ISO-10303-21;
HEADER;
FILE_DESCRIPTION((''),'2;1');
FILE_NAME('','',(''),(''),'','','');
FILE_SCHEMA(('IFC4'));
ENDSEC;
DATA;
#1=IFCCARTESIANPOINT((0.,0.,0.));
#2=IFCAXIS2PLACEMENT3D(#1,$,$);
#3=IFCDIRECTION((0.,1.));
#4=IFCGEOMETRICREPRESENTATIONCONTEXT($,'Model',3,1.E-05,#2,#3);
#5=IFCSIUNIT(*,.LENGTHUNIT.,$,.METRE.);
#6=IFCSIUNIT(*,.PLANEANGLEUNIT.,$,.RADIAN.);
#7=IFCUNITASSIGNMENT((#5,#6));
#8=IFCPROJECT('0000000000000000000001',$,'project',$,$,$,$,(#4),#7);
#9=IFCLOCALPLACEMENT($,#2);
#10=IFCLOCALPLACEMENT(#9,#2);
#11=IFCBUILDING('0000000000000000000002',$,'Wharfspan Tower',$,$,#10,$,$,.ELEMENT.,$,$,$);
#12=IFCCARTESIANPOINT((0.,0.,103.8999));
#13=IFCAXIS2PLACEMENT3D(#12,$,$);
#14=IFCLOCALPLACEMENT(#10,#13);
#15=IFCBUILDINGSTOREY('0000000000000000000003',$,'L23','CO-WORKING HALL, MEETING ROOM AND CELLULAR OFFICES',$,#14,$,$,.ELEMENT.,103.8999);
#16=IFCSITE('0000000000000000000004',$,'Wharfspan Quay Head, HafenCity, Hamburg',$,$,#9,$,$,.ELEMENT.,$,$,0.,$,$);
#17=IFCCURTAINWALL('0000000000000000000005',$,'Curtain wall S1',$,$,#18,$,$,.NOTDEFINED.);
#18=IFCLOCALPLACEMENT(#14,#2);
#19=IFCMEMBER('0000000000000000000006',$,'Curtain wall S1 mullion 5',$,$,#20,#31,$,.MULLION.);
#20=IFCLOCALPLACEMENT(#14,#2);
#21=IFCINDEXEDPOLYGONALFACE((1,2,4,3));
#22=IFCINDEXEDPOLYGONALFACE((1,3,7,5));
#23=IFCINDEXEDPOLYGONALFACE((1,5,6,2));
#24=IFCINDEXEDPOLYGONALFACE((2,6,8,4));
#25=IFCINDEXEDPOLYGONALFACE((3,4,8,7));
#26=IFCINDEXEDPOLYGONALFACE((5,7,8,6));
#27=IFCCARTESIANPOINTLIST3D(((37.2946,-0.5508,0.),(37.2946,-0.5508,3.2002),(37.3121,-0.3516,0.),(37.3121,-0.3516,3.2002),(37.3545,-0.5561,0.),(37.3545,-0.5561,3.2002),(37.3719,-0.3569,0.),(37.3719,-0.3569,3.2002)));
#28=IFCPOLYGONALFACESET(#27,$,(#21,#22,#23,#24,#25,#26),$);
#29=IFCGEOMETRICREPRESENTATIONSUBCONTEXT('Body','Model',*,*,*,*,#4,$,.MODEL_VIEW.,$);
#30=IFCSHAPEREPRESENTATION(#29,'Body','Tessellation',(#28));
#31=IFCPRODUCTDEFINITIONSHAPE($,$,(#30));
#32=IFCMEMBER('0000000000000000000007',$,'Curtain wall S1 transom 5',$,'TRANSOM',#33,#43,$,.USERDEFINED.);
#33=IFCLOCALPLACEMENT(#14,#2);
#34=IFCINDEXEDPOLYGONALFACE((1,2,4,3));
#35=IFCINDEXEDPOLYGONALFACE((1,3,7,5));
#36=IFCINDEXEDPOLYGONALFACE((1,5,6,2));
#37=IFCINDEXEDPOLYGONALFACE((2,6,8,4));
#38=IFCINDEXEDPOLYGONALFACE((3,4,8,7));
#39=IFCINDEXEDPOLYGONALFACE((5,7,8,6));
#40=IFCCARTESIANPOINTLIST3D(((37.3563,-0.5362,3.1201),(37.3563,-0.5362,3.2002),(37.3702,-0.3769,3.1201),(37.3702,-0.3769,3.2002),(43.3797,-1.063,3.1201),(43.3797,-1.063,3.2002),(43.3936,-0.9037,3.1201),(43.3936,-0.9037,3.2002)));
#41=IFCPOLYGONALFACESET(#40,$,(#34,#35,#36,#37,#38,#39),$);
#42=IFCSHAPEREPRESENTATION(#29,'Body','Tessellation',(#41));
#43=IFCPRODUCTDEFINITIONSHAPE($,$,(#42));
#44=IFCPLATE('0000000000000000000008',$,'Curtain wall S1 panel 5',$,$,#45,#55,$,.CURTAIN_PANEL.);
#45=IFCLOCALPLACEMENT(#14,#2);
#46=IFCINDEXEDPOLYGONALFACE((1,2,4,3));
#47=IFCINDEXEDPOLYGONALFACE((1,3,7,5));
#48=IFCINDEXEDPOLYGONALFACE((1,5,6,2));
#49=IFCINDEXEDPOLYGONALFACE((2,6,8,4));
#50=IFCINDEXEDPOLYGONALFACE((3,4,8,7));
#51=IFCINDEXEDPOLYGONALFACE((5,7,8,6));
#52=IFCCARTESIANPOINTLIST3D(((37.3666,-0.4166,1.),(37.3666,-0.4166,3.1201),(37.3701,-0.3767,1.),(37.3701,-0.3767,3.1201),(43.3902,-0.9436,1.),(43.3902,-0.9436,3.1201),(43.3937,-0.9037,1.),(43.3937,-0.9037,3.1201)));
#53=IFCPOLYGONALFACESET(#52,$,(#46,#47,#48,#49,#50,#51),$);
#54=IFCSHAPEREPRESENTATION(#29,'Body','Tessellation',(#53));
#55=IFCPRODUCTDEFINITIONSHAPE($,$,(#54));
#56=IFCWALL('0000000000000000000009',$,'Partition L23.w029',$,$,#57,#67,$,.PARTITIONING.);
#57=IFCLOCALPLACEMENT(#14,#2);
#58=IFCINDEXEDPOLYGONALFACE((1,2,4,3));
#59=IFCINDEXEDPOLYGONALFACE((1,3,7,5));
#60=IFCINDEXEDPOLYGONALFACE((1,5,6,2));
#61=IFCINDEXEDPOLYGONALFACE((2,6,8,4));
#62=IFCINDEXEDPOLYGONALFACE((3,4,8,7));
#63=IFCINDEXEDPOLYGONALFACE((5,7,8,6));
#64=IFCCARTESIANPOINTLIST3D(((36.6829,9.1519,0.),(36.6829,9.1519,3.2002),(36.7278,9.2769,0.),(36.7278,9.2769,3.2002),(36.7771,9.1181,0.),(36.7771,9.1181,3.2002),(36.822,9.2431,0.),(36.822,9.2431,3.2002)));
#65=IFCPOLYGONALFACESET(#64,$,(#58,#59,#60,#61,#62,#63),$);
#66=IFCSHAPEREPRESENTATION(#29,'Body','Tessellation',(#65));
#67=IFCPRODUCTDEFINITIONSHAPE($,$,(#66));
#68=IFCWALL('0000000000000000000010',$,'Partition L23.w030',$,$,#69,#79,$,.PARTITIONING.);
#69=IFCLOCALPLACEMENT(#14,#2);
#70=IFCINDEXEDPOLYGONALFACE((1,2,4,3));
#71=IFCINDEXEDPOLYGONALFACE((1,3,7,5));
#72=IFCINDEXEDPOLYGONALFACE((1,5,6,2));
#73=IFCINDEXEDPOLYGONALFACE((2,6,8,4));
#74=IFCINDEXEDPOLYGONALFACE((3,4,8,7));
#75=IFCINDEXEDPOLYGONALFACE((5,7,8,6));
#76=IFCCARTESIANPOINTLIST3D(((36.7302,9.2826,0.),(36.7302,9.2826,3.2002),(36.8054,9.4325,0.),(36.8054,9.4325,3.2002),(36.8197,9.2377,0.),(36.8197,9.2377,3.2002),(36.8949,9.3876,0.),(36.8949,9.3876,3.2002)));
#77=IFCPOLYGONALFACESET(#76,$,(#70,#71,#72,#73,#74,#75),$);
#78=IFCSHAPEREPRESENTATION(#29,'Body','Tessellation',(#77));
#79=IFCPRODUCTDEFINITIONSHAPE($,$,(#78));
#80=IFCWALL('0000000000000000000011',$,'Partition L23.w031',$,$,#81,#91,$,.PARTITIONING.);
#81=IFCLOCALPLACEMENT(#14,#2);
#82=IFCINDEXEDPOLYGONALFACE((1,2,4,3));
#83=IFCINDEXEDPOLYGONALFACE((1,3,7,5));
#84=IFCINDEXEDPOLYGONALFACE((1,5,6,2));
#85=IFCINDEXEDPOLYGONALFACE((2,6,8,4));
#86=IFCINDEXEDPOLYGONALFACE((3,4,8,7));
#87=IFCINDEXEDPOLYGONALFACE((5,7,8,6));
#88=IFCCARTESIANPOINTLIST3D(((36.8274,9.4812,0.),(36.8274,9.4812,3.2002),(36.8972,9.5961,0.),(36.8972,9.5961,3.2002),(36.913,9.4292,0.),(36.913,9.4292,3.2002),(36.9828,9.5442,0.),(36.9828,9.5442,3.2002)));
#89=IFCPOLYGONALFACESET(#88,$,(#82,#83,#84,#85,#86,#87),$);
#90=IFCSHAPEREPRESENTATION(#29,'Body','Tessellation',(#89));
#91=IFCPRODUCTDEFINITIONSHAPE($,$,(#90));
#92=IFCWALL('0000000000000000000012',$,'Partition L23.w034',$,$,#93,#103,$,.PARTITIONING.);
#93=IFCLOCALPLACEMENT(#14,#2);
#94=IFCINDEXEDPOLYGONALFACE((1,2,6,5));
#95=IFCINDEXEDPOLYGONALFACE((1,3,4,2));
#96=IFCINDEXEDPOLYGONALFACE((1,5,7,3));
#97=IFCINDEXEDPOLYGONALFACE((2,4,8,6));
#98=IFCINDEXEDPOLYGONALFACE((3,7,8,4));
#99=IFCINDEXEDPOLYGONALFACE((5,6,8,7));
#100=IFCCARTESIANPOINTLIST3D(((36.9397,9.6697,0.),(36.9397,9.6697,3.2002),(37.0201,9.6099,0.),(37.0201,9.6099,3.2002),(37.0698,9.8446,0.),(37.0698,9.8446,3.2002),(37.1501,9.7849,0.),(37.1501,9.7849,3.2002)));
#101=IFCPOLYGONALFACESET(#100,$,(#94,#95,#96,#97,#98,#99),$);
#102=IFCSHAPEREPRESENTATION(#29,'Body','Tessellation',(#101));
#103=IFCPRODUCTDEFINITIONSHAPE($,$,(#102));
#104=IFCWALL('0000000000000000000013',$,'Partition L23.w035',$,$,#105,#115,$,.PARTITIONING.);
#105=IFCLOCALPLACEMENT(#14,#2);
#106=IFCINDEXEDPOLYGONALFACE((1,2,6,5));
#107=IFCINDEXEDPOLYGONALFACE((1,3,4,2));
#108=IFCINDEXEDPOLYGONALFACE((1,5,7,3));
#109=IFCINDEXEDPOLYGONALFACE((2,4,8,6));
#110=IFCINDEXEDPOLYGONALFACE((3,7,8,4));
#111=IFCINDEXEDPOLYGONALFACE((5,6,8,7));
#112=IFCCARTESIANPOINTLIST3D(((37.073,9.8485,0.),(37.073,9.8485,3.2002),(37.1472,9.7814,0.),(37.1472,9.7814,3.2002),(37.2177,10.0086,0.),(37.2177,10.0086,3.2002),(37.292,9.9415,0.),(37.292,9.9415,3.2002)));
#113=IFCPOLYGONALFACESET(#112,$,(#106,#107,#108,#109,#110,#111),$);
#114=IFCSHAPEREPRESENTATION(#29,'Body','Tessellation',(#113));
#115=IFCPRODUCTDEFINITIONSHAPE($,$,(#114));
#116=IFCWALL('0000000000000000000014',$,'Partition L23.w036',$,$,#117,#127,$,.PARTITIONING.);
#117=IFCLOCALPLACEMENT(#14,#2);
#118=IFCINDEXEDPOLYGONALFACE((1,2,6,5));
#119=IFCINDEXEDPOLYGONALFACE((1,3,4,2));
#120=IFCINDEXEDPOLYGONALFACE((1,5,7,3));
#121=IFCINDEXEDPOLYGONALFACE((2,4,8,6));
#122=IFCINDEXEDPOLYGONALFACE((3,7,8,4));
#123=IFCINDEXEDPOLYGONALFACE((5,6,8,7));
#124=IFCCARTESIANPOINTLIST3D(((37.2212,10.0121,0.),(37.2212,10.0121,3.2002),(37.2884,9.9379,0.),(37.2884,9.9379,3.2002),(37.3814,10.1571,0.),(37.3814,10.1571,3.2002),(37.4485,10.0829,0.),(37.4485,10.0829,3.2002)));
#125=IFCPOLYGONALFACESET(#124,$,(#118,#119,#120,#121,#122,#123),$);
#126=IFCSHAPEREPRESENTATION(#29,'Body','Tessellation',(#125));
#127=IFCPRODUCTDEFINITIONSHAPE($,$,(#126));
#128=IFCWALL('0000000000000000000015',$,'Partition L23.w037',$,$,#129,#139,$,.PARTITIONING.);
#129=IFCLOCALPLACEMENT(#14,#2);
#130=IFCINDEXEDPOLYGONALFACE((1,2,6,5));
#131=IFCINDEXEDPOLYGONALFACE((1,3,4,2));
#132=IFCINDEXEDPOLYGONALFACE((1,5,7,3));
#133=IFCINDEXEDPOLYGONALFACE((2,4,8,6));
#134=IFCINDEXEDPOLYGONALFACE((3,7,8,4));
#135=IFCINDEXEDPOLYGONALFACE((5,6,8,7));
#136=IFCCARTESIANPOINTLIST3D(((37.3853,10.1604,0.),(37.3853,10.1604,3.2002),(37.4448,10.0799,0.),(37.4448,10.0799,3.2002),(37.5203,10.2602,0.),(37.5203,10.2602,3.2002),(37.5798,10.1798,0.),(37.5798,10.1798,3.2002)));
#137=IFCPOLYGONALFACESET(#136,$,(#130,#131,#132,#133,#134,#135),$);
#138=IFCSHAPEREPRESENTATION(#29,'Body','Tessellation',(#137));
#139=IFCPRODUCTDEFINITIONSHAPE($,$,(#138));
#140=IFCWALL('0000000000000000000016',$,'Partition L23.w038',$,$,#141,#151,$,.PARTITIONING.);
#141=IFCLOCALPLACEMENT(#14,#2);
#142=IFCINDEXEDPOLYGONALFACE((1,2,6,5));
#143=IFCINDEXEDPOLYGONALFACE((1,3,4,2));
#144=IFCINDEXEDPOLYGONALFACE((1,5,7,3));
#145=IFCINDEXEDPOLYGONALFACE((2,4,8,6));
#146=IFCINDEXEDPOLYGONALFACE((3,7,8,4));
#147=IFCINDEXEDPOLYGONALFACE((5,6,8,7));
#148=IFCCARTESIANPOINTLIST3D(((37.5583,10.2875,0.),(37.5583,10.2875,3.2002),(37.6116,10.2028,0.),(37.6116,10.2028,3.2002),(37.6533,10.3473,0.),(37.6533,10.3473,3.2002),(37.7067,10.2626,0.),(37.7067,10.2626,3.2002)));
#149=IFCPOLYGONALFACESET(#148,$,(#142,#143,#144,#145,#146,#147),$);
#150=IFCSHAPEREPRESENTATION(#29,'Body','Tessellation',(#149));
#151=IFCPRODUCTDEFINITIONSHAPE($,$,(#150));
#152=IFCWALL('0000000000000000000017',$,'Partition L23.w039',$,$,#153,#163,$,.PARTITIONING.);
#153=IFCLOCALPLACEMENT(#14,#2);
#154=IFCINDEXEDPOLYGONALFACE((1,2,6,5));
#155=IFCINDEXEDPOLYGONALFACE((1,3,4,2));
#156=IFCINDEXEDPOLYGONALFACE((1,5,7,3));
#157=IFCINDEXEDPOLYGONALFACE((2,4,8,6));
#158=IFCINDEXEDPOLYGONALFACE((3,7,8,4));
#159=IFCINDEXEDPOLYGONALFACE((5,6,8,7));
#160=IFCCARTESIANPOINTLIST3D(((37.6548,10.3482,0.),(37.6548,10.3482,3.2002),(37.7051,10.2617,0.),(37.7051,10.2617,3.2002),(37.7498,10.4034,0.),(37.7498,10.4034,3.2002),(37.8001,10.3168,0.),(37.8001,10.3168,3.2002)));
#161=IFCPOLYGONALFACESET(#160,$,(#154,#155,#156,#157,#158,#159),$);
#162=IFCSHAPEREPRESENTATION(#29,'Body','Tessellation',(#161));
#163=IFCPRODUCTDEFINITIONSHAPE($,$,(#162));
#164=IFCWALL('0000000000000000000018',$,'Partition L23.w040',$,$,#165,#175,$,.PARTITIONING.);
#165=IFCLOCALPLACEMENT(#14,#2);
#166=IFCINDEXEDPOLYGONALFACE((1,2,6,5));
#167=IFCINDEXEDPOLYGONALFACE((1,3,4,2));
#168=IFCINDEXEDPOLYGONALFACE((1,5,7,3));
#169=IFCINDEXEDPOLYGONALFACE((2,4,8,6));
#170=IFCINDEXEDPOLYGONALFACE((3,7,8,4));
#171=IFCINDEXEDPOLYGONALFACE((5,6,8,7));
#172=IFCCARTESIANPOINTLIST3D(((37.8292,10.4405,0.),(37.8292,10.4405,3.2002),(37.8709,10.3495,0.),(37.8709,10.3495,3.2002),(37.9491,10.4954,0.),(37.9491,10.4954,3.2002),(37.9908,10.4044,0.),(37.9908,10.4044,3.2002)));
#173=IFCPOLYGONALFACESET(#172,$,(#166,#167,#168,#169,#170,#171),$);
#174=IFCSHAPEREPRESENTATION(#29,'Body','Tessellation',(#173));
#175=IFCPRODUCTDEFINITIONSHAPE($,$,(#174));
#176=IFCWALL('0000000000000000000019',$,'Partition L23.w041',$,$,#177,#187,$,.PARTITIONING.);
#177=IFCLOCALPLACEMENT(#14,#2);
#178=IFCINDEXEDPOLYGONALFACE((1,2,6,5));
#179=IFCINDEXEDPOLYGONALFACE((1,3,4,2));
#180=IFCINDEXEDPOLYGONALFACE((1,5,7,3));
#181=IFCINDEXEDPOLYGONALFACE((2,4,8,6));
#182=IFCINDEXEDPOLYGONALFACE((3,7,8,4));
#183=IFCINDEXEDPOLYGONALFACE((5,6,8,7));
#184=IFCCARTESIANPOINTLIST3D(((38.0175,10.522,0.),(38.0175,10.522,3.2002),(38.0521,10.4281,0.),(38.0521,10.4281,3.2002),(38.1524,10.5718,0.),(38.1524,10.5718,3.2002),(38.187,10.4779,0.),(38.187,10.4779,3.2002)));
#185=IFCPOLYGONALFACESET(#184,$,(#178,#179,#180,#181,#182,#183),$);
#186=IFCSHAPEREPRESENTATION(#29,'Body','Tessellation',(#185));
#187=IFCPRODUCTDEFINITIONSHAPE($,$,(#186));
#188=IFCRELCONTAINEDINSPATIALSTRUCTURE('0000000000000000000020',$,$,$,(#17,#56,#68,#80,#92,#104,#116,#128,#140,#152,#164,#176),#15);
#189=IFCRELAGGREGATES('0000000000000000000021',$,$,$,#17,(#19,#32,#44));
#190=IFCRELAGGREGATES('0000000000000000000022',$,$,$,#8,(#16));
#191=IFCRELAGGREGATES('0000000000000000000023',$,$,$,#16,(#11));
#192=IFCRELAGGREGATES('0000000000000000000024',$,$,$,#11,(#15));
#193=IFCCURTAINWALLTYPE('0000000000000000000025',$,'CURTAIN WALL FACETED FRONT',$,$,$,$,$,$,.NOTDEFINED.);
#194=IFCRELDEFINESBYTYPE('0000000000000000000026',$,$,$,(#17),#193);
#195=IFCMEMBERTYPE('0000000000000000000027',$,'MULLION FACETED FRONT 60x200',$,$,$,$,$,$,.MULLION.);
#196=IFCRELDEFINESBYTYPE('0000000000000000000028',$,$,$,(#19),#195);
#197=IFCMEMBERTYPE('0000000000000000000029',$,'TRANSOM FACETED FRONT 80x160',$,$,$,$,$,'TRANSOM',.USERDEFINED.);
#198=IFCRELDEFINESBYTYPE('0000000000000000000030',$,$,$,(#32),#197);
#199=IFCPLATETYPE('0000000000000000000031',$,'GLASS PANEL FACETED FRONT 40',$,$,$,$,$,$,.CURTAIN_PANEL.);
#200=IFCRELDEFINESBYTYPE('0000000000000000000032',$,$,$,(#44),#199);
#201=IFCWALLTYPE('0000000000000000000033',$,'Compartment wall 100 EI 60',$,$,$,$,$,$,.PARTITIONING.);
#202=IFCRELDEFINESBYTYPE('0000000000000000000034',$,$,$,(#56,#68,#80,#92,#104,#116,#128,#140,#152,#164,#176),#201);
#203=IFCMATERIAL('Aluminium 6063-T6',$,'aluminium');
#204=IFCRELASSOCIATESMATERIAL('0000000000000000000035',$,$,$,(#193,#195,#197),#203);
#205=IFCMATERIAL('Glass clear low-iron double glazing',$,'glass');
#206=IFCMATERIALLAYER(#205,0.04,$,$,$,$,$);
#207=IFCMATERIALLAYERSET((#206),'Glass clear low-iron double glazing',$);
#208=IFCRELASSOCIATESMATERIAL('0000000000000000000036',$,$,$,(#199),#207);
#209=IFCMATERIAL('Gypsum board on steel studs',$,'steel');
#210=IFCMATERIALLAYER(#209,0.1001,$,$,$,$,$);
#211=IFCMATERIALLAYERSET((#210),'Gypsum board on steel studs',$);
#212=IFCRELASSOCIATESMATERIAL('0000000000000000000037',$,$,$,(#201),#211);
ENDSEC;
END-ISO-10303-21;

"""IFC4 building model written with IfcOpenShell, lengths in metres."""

from ifc_helpers import new_model, si_unit, direction, frame, frame_2d, origin, origin_2d, place, context, subcontext, project, spatial, rectangle, extrude, material, layer, layer_set, material_profile, profile_set, type_object, element, aggregate, save


model = new_model("IFC4")

# Units and contexts
model_context = context("Model", 3, precision=1e-05, world=origin(), true_north=direction((0.0, 1.0)))
body_context = subcontext(model_context, "Body", "Model", "MODEL_VIEW")
ifc_project = project(units=[si_unit("LENGTHUNIT", "METRE"), si_unit("PLANEANGLEUNIT", "RADIAN")], contexts=[model_context])

# Site, building, storey
site_placement = place(None, origin())
site = spatial("IfcSite", under=ifc_project, at=site_placement, Name="Wharfspan Quay Head, HafenCity, Hamburg", CompositionType="ELEMENT", RefElevation=0.0)
building_placement = place(site_placement, origin())
building = spatial("IfcBuilding", under=site, at=building_placement, Name="Wharfspan Tower", CompositionType="ELEMENT")
storey_placement = place(building_placement, frame((0.0, 0.0, 103.8999)))
storey = spatial("IfcBuildingStorey", under=building, at=storey_placement, Name="L23", Description="CO-WORKING HALL, MEETING ROOM AND CELLULAR OFFICES", CompositionType="ELEMENT", Elevation=103.8999)

# Curtain wall, members, plate
ifc_material_1 = material(Name="Aluminium 6063-T6", Category="aluminium")
curtain_wall_type = type_object("IfcCurtainWallType", Name="CURTAIN WALL FACETED FRONT", PredefinedType="NOTDEFINED", material=ifc_material_1)
curtain_wall_placement = place(storey_placement, origin())
curtain_wall = element("IfcCurtainWall", 1, at=curtain_wall_placement, inside=storey, type_object=curtain_wall_type, Name="Curtain wall S1", PredefinedType="NOTDEFINED")
ifc_material_profile_1 = material_profile(ifc_material_1, rectangle(XDim=0.2, YDim=0.0601, at=origin_2d()))
ifc_profile_set_1 = profile_set([ifc_material_profile_1], Name="Aluminium 6063-T6")
member_type_1 = type_object("IfcMemberType", Name="MULLION FACETED FRONT 60x200", PredefinedType="MULLION", material=ifc_profile_set_1)
member_1_placement = place(storey_placement, frame((37.3333, -0.4539, 0.0), z_axis=(0.0, 0.0, 1.0), x_axis=(0.087156, 0.996198, 0.0)))
member_1 = element("IfcMember", 2, at=member_1_placement, type_object=member_type_1, Name="Curtain wall S1 mullion 5", PredefinedType="MULLION", context=body_context, shape_type="SweptSolid", body=[
    extrude(rectangle(XDim=0.2, YDim=0.0601, at=origin_2d()), origin(), (0.0, 0.0, 1.0), 3.2002),
])
ifc_material_profile_2 = material_profile(ifc_material_1, rectangle(XDim=0.1599, YDim=0.0801, at=origin_2d()))
ifc_profile_set_2 = profile_set([ifc_material_profile_2], Name="Aluminium 6063-T6")
member_type_2 = type_object("IfcMemberType", Name="TRANSOM FACETED FRONT 80x160", ElementType="TRANSOM", PredefinedType="USERDEFINED", material=ifc_profile_set_2)
member_2_placement = place(storey_placement, frame((37.3633, -0.4565, 3.1602), z_axis=(0.996197, -0.087135, 0.0), x_axis=(0.087135, 0.996197, 0.0)))
member_2 = element("IfcMember", 3, at=member_2_placement, type_object=member_type_2, Name="Curtain wall S1 transom 5", ObjectType="TRANSOM", PredefinedType="USERDEFINED", context=body_context, shape_type="SweptSolid", body=[
    extrude(rectangle(XDim=0.1599, YDim=0.0801, at=origin_2d()), origin(), (0.0, 0.0, 1.0), 6.0464),
])
ifc_material_2 = material(Name="Glass clear low-iron double glazing", Category="glass")
ifc_layer_1 = layer(ifc_material_2, 0.04)
ifc_layer_set_1 = layer_set([ifc_layer_1], Name="Glass clear low-iron double glazing")
plate_type = type_object("IfcPlateType", Name="GLASS PANEL FACETED FRONT 40", PredefinedType="CURTAIN_PANEL", material=ifc_layer_set_1)
plate_placement = place(storey_placement, frame((40.3801, -0.6602, 1.0), z_axis=(0.0, 0.0, 1.0), x_axis=(0.996198, -0.087156, 0.0)))
plate = element("IfcPlate", 4, at=plate_placement, type_object=plate_type, Name="Curtain wall S1 panel 5", PredefinedType="CURTAIN_PANEL", context=body_context, shape_type="SweptSolid", body=[
    extrude(rectangle(XDim=6.0466, YDim=0.04, at=origin_2d()), origin(), (0.0, 0.0, 1.0), 2.1201),
])
aggregate(curtain_wall, [member_1, member_2, plate])

# Walls
ifc_material_3 = material(Name="Gypsum board on steel studs", Category="steel")
ifc_layer_2 = layer(ifc_material_3, 0.1001)
ifc_layer_set_2 = layer_set([ifc_layer_2], Name="Gypsum board on steel studs")
wall_type_1 = type_object("IfcWallType", Name="Compartment wall 100 EI 60", PredefinedType="PARTITIONING", material=ifc_layer_set_2)
wall_1_placement = place(storey_placement, frame((36.73, 9.135, 0.0), z_axis=(0.0, 0.0, 1.0), x_axis=(0.3382, 0.941078, 0.0)))
element("IfcWall", 5, at=wall_1_placement, inside=storey, type_object=wall_type_1, Name="Partition L23.w029", PredefinedType="PARTITIONING", context=body_context, shape_type="SweptSolid", body=[
    extrude(rectangle(XDim=0.1328, YDim=0.1001, at=frame_2d((0.0664, 0.0))), origin(), (0.0, 0.0, 1.0), 3.2002),
])
wall_2_placement = place(storey_placement, frame((36.7749, 9.26, 0.0), z_axis=(0.0, 0.0, 1.0), x_axis=(0.44838, 0.893848, 0.0)))
element("IfcWall", 6, at=wall_2_placement, inside=storey, type_object=wall_type_1, Name="Partition L23.w030", PredefinedType="PARTITIONING", context=body_context, shape_type="SweptSolid", body=[
    extrude(rectangle(XDim=0.1677, YDim=0.1001, at=frame_2d((0.084, 0.0))), origin(), (0.0, 0.0, 1.0), 3.2002),
])
wall_3_placement = place(storey_placement, frame((36.8701, 9.4551, 0.0), z_axis=(0.0, 0.0, 1.0), x_axis=(0.519025, 0.854758, 0.0)))
element("IfcWall", 7, at=wall_3_placement, inside=storey, type_object=wall_type_1, Name="Partition L23.w031", PredefinedType="PARTITIONING", context=body_context, shape_type="SweptSolid", body=[
    extrude(rectangle(XDim=0.1345, YDim=0.1001, at=frame_2d((0.0674, 0.0))), origin(), (0.0, 0.0, 1.0), 3.2002),
])
wall_4_placement = place(storey_placement, frame((36.98, 9.6399, 0.0), z_axis=(0.0, 0.0, 1.0), x_axis=(0.596595, 0.802549, 0.0)))
element("IfcWall", 8, at=wall_4_placement, inside=storey, type_object=wall_type_1, Name="Partition L23.w034", PredefinedType="PARTITIONING", context=body_context, shape_type="SweptSolid", body=[
    extrude(rectangle(XDim=0.218, YDim=0.1001, at=frame_2d((0.1089, 0.0))), origin(), (0.0, 0.0, 1.0), 3.2002),
])
wall_5_placement = place(storey_placement, frame((37.1101, 9.8149, 0.0), z_axis=(0.0, 0.0, 1.0), x_axis=(0.670589, 0.741832, 0.0)))
element("IfcWall", 9, at=wall_5_placement, inside=storey, type_object=wall_type_1, Name="Partition L23.w035", PredefinedType="PARTITIONING", context=body_context, shape_type="SweptSolid", body=[
    extrude(rectangle(XDim=0.2158, YDim=0.1001, at=frame_2d((0.1079, 0.0))), origin(), (0.0, 0.0, 1.0), 3.2002),
])
wall_6_placement = place(storey_placement, frame((37.2549, 9.9751, 0.0), z_axis=(0.0, 0.0, 1.0), x_axis=(0.741269, 0.67121, 0.0)))
element("IfcWall", 10, at=wall_6_placement, inside=storey, type_object=wall_type_1, Name="Partition L23.w036", PredefinedType="PARTITIONING", context=body_context, shape_type="SweptSolid", body=[
    extrude(rectangle(XDim=0.2161, YDim=0.1001, at=frame_2d((0.1079, 0.0))), origin(), (0.0, 0.0, 1.0), 3.2002),
])
wall_7_placement = place(storey_placement, frame((37.415, 10.1201, 0.0), z_axis=(0.0, 0.0, 1.0), x_axis=(0.803993, 0.594635, 0.0)))
element("IfcWall", 11, at=wall_7_placement, inside=storey, type_object=wall_type_1, Name="Partition L23.w037", PredefinedType="PARTITIONING", context=body_context, shape_type="SweptSolid", body=[
    extrude(rectangle(XDim=0.168, YDim=0.1001, at=frame_2d((0.084, 0.0))), origin(), (0.0, 0.0, 1.0), 3.2002),
])
wall_8_placement = place(storey_placement, frame((37.585, 10.2451, 0.0), z_axis=(0.0, 0.0, 1.0), x_axis=(0.846156, 0.532926, 0.0)))
element("IfcWall", 12, at=wall_8_placement, inside=storey, type_object=wall_type_1, Name="Partition L23.w038", PredefinedType="PARTITIONING", context=body_context, shape_type="SweptSolid", body=[
    extrude(rectangle(XDim=0.1123, YDim=0.1001, at=frame_2d((0.0562, 0.0))), origin(), (0.0, 0.0, 1.0), 3.2002),
])
wall_9_placement = place(storey_placement, frame((37.6799, 10.3049, 0.0), z_axis=(0.0, 0.0, 1.0), x_axis=(0.864661, 0.502348, 0.0)))
element("IfcWall", 13, at=wall_9_placement, inside=storey, type_object=wall_type_1, Name="Partition L23.w039", PredefinedType="PARTITIONING", context=body_context, shape_type="SweptSolid", body=[
    extrude(rectangle(XDim=0.1099, YDim=0.1001, at=frame_2d((0.0549, 0.0))), origin(), (0.0, 0.0, 1.0), 3.2002),
])
wall_10_placement = place(storey_placement, frame((37.8501, 10.395, 0.0), z_axis=(0.0, 0.0, 1.0), x_axis=(0.909092, 0.41659, 0.0)))
element("IfcWall", 14, at=wall_10_placement, inside=storey, type_object=wall_type_1, Name="Partition L23.w040", PredefinedType="PARTITIONING", context=body_context, shape_type="SweptSolid", body=[
    extrude(rectangle(XDim=0.1318, YDim=0.1001, at=frame_2d((0.0659, 0.0))), origin(), (0.0, 0.0, 1.0), 3.2002),
])
wall_11_placement = place(storey_placement, frame((38.0349, 10.4751, 0.0), z_axis=(0.0, 0.0, 1.0), x_axis=(0.938197, 0.346098, 0.0)))
element("IfcWall", 15, at=wall_11_placement, inside=storey, type_object=wall_type_1, Name="Partition L23.w041", PredefinedType="PARTITIONING", context=body_context, shape_type="SweptSolid", body=[
    extrude(rectangle(XDim=0.1438, YDim=0.1001, at=frame_2d((0.0718, 0.0))), origin(), (0.0, 0.0, 1.0), 3.2002),
])

save(model, "model.ifc")
